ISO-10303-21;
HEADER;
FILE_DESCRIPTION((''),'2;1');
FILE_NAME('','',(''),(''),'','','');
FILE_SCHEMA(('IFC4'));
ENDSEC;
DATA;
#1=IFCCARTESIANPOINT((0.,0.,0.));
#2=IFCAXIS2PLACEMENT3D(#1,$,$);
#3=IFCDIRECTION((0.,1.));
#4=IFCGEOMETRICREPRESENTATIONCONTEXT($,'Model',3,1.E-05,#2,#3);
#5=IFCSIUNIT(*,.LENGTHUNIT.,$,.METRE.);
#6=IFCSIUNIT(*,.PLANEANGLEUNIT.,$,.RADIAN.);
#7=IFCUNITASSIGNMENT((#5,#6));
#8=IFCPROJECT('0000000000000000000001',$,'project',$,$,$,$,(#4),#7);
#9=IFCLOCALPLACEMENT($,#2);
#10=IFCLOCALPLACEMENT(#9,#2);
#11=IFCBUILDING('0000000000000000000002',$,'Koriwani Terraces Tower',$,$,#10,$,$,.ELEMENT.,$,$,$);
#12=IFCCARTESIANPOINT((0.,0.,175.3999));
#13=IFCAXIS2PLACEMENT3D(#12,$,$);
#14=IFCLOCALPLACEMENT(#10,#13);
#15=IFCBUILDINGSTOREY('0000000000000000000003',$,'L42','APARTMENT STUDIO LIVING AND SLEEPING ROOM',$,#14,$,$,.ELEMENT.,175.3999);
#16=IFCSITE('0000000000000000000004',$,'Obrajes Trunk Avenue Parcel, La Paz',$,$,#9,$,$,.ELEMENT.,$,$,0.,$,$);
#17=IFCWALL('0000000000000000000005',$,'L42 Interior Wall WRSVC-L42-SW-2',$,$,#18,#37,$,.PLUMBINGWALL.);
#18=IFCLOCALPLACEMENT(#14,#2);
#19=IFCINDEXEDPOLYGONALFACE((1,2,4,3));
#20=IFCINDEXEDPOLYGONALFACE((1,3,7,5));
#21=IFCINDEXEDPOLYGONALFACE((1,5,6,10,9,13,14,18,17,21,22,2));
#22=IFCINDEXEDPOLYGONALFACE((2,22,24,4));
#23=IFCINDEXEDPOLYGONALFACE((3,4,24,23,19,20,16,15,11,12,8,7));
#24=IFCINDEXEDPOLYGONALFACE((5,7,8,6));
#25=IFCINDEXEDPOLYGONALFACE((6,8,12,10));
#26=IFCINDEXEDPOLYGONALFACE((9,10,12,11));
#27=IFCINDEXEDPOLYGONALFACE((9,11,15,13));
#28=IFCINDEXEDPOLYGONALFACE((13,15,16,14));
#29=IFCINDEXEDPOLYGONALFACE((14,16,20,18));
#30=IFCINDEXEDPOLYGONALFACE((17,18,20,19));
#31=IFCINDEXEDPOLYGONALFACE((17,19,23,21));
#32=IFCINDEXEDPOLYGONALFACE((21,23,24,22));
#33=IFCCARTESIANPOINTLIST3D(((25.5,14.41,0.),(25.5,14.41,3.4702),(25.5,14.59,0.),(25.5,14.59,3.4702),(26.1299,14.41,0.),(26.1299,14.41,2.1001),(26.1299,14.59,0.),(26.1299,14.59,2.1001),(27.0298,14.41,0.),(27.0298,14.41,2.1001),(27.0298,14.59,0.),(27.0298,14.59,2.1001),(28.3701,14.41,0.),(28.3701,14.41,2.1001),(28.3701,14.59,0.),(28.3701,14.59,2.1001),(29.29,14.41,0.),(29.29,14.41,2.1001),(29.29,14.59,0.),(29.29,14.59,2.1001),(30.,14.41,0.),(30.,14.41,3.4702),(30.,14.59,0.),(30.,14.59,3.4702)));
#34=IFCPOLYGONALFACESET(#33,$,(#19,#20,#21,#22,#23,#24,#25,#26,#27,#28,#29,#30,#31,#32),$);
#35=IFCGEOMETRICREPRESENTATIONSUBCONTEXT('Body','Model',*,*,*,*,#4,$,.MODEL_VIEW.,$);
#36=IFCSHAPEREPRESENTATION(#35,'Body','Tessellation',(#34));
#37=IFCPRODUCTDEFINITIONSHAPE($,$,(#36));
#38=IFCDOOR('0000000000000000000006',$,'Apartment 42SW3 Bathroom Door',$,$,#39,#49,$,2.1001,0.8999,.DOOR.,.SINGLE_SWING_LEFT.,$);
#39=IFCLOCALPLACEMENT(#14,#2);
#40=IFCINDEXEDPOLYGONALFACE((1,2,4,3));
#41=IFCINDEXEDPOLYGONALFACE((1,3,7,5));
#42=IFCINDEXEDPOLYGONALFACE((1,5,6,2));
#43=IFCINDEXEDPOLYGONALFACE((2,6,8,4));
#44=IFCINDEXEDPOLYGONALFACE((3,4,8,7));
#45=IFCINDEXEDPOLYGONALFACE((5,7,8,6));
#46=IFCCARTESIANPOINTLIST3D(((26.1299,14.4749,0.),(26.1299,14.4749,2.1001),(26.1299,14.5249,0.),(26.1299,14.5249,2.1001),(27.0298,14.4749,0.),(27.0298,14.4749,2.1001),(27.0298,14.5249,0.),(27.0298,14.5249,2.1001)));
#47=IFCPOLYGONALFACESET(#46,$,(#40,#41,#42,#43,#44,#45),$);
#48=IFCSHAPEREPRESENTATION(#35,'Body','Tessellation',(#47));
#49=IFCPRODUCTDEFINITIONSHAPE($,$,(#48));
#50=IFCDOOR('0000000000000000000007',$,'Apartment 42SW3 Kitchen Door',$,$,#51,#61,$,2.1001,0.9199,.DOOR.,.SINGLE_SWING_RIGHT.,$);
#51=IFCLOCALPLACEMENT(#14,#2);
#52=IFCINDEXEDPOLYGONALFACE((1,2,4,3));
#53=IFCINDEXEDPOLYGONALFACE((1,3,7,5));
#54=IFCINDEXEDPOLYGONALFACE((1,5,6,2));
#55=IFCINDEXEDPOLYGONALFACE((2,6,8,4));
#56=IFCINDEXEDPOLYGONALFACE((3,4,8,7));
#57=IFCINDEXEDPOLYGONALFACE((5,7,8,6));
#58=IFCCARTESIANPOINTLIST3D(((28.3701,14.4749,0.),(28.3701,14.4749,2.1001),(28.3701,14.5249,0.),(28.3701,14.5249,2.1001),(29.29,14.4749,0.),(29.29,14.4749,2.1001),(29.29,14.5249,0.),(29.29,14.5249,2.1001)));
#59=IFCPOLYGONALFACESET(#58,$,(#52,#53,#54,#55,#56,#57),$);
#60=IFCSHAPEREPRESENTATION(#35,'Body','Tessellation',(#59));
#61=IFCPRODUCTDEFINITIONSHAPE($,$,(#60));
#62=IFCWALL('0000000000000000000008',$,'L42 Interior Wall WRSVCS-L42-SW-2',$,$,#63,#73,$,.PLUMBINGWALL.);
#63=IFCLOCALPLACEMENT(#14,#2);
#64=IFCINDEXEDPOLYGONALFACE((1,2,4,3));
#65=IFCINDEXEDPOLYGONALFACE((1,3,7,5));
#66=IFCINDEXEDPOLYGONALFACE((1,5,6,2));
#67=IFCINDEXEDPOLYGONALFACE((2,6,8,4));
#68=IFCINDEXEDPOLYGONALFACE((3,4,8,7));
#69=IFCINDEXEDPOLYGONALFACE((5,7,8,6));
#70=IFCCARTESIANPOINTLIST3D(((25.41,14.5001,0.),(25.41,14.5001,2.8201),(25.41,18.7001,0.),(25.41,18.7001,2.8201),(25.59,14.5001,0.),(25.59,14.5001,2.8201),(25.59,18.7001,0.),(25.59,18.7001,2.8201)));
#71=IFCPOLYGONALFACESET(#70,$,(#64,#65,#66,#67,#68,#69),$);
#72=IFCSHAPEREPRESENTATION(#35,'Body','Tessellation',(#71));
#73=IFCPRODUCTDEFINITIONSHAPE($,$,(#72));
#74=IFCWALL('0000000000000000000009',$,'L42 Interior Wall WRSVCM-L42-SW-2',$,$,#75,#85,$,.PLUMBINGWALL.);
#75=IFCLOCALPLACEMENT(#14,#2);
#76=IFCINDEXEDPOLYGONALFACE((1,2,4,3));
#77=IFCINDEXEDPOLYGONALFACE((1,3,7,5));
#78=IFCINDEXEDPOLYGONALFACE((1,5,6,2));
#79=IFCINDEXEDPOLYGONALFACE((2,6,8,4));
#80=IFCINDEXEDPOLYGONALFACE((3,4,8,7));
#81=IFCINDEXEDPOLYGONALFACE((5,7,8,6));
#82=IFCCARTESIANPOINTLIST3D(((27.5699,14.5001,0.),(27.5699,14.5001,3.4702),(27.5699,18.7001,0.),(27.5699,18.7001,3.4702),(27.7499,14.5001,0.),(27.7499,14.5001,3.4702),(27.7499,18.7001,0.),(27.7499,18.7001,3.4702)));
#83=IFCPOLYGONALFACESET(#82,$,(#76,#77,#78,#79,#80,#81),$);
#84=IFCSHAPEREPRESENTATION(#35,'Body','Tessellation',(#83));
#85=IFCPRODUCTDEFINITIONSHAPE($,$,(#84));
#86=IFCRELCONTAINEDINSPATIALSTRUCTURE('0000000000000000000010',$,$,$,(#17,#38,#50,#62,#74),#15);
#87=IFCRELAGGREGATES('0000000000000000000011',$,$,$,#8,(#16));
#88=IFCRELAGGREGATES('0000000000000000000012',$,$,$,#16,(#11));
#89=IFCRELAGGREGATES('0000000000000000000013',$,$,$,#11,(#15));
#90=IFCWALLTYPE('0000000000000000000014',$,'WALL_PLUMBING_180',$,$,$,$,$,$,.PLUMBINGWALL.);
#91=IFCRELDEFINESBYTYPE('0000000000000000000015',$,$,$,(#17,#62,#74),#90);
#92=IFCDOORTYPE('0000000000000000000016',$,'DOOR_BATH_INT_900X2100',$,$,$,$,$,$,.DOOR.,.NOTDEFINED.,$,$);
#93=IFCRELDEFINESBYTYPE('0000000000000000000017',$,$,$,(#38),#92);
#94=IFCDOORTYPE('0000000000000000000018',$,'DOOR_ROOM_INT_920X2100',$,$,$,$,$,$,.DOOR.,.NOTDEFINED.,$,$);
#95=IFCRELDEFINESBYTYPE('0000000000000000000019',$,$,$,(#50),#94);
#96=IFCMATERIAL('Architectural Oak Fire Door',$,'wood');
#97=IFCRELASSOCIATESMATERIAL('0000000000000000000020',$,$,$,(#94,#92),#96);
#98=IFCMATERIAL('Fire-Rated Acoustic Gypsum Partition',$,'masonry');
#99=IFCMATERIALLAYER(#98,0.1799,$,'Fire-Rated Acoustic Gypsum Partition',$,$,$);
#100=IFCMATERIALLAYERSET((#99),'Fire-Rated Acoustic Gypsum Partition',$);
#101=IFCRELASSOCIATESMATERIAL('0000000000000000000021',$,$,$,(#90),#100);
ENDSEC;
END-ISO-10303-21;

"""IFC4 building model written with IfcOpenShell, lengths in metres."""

from ifc_helpers import new_model, si_unit, direction, frame, frame_2d, origin, place, context, subcontext, project, spatial, rectangle, extrude, material, layer, layer_set, type_object, element, fill, save


model = new_model("IFC4")

# Units and contexts
model_context = context("Model", 3, precision=1e-05, world=origin(), true_north=direction((0.0, 1.0)))
body_context = subcontext(model_context, "Body", "Model", "MODEL_VIEW")
ifc_project = project(units=[si_unit("LENGTHUNIT", "METRE"), si_unit("PLANEANGLEUNIT", "RADIAN")], contexts=[model_context])

# Site, building, storey
site_placement = place(None, origin())
site = spatial("IfcSite", under=ifc_project, at=site_placement, Name="Obrajes Trunk Avenue Parcel, La Paz", CompositionType="ELEMENT", RefElevation=0.0)
building_placement = place(site_placement, origin())
building = spatial("IfcBuilding", under=site, at=building_placement, Name="Koriwani Terraces Tower", CompositionType="ELEMENT")
storey_placement = place(building_placement, frame((0.0, 0.0, 175.3999)))
storey = spatial("IfcBuildingStorey", under=building, at=storey_placement, Name="L42", Description="APARTMENT STUDIO LIVING AND SLEEPING ROOM", CompositionType="ELEMENT", Elevation=175.3999)

# Shared definitions
ifc_material_1 = material(Name="Architectural Oak Fire Door", Category="wood")
door_type_1 = type_object("IfcDoorType", Name="DOOR_ROOM_INT_920X2100", OperationType="NOTDEFINED", PredefinedType="DOOR", material=ifc_material_1)

# Shared definitions
ifc_material_2 = material(Name="Fire-Rated Acoustic Gypsum Partition", Category="masonry")
ifc_layer_1 = layer(ifc_material_2, 0.1799, Name="Fire-Rated Acoustic Gypsum Partition")
ifc_layer_set_1 = layer_set([ifc_layer_1], Name="Fire-Rated Acoustic Gypsum Partition")
wall_type_1 = type_object("IfcWallType", Name="WALL_PLUMBING_180", PredefinedType="PLUMBINGWALL", material=ifc_layer_set_1)

# Wall, openings, doors
wall_1_placement = place(storey_placement, frame((25.5, 14.5, 0.0), z_axis=(0.0, 0.0, 1.0), x_axis=(1.0, 0.0, 0.0)))
wall_1 = element("IfcWall", 1, at=wall_1_placement, inside=storey, type_object=wall_type_1, Name="L42 Interior Wall WRSVC-L42-SW-2", PredefinedType="PLUMBINGWALL", context=body_context, shape_type="SweptSolid", body=[
    extrude(rectangle(XDim=4.5, YDim=0.1799, at=frame_2d((2.25, 0.0))), origin(), (0.0, 0.0, 1.0), 3.4702),
])
opening_1_placement = place(wall_1_placement, frame((0.6299, 0.0, 0.0)))
opening_1 = element("IfcOpeningElement", 2, at=opening_1_placement, cuts=wall_1, PredefinedType="OPENING", context=body_context, shape_type="SweptSolid", body=[
    extrude(rectangle(XDim=0.8999, YDim=2.1001, at=frame_2d((0.45, 1.05))), frame((0.0, 0.1001, 0.0), z_axis=(0.0, -1.0, 0.0), x_axis=(1.0, 0.0, 0.0)), (0.0, 0.0, 1.0), 0.2),
])
opening_2_placement = place(wall_1_placement, frame((2.8701, 0.0, 0.0)))
opening_2 = element("IfcOpeningElement", 3, at=opening_2_placement, cuts=wall_1, PredefinedType="OPENING", context=body_context, shape_type="SweptSolid", body=[
    extrude(rectangle(XDim=0.9199, YDim=2.1001, at=frame_2d((0.46, 1.05))), frame((0.0, 0.1001, 0.0), z_axis=(0.0, -1.0, 0.0), x_axis=(1.0, 0.0, 0.0)), (0.0, 0.0, 1.0), 0.2),
])
door_type_2 = type_object("IfcDoorType", Name="DOOR_BATH_INT_900X2100", OperationType="NOTDEFINED", PredefinedType="DOOR", material=ifc_material_1)
door_1_placement = place(opening_1_placement, origin())
door_1 = element("IfcDoor", 4, at=door_1_placement, inside=storey, type_object=door_type_2, Name="Apartment 42SW3 Bathroom Door", OperationType="SINGLE_SWING_LEFT", OverallHeight=2.1001, OverallWidth=0.8999, PredefinedType="DOOR", context=body_context, shape_type="SweptSolid", body=[
    extrude(rectangle(XDim=0.8999, YDim=2.1001, at=frame_2d((0.45, 1.05))), frame((0.0, 0.0249, 0.0), z_axis=(0.0, -1.0, 0.0), x_axis=(1.0, 0.0, 0.0)), (0.0, 0.0, 1.0), 0.05),
])
fill(opening_1, door_1)
door_2_placement = place(opening_2_placement, origin())
door_2 = element("IfcDoor", 5, at=door_2_placement, inside=storey, type_object=door_type_1, Name="Apartment 42SW3 Kitchen Door", OperationType="SINGLE_SWING_RIGHT", OverallHeight=2.1001, OverallWidth=0.9199, PredefinedType="DOOR", context=body_context, shape_type="SweptSolid", body=[
    extrude(rectangle(XDim=0.9199, YDim=2.1001, at=frame_2d((0.46, 1.05))), frame((0.0, 0.0249, 0.0), z_axis=(0.0, -1.0, 0.0), x_axis=(1.0, 0.0, 0.0)), (0.0, 0.0, 1.0), 0.05),
])
fill(opening_2, door_2)

# Walls
wall_2_placement = place(storey_placement, frame((25.5, 14.5, 0.0), z_axis=(0.0, 0.0, 1.0), x_axis=(0.0, 1.0, 0.0)))
element("IfcWall", 6, at=wall_2_placement, inside=storey, type_object=wall_type_1, Name="L42 Interior Wall WRSVCS-L42-SW-2", PredefinedType="PLUMBINGWALL", context=body_context, shape_type="SweptSolid", body=[
    extrude(rectangle(XDim=4.2, YDim=0.1799, at=frame_2d((2.1001, 0.0))), origin(), (0.0, 0.0, 1.0), 2.8201),
])
wall_3_placement = place(storey_placement, frame((27.6599, 14.5, 0.0), z_axis=(0.0, 0.0, 1.0), x_axis=(0.0, 1.0, 0.0)))
element("IfcWall", 7, at=wall_3_placement, inside=storey, type_object=wall_type_1, Name="L42 Interior Wall WRSVCM-L42-SW-2", PredefinedType="PLUMBINGWALL", context=body_context, shape_type="SweptSolid", body=[
    extrude(rectangle(XDim=4.2, YDim=0.1799, at=frame_2d((2.1001, 0.0))), origin(), (0.0, 0.0, 1.0), 3.4702),
])

save(model, "model.ifc")
